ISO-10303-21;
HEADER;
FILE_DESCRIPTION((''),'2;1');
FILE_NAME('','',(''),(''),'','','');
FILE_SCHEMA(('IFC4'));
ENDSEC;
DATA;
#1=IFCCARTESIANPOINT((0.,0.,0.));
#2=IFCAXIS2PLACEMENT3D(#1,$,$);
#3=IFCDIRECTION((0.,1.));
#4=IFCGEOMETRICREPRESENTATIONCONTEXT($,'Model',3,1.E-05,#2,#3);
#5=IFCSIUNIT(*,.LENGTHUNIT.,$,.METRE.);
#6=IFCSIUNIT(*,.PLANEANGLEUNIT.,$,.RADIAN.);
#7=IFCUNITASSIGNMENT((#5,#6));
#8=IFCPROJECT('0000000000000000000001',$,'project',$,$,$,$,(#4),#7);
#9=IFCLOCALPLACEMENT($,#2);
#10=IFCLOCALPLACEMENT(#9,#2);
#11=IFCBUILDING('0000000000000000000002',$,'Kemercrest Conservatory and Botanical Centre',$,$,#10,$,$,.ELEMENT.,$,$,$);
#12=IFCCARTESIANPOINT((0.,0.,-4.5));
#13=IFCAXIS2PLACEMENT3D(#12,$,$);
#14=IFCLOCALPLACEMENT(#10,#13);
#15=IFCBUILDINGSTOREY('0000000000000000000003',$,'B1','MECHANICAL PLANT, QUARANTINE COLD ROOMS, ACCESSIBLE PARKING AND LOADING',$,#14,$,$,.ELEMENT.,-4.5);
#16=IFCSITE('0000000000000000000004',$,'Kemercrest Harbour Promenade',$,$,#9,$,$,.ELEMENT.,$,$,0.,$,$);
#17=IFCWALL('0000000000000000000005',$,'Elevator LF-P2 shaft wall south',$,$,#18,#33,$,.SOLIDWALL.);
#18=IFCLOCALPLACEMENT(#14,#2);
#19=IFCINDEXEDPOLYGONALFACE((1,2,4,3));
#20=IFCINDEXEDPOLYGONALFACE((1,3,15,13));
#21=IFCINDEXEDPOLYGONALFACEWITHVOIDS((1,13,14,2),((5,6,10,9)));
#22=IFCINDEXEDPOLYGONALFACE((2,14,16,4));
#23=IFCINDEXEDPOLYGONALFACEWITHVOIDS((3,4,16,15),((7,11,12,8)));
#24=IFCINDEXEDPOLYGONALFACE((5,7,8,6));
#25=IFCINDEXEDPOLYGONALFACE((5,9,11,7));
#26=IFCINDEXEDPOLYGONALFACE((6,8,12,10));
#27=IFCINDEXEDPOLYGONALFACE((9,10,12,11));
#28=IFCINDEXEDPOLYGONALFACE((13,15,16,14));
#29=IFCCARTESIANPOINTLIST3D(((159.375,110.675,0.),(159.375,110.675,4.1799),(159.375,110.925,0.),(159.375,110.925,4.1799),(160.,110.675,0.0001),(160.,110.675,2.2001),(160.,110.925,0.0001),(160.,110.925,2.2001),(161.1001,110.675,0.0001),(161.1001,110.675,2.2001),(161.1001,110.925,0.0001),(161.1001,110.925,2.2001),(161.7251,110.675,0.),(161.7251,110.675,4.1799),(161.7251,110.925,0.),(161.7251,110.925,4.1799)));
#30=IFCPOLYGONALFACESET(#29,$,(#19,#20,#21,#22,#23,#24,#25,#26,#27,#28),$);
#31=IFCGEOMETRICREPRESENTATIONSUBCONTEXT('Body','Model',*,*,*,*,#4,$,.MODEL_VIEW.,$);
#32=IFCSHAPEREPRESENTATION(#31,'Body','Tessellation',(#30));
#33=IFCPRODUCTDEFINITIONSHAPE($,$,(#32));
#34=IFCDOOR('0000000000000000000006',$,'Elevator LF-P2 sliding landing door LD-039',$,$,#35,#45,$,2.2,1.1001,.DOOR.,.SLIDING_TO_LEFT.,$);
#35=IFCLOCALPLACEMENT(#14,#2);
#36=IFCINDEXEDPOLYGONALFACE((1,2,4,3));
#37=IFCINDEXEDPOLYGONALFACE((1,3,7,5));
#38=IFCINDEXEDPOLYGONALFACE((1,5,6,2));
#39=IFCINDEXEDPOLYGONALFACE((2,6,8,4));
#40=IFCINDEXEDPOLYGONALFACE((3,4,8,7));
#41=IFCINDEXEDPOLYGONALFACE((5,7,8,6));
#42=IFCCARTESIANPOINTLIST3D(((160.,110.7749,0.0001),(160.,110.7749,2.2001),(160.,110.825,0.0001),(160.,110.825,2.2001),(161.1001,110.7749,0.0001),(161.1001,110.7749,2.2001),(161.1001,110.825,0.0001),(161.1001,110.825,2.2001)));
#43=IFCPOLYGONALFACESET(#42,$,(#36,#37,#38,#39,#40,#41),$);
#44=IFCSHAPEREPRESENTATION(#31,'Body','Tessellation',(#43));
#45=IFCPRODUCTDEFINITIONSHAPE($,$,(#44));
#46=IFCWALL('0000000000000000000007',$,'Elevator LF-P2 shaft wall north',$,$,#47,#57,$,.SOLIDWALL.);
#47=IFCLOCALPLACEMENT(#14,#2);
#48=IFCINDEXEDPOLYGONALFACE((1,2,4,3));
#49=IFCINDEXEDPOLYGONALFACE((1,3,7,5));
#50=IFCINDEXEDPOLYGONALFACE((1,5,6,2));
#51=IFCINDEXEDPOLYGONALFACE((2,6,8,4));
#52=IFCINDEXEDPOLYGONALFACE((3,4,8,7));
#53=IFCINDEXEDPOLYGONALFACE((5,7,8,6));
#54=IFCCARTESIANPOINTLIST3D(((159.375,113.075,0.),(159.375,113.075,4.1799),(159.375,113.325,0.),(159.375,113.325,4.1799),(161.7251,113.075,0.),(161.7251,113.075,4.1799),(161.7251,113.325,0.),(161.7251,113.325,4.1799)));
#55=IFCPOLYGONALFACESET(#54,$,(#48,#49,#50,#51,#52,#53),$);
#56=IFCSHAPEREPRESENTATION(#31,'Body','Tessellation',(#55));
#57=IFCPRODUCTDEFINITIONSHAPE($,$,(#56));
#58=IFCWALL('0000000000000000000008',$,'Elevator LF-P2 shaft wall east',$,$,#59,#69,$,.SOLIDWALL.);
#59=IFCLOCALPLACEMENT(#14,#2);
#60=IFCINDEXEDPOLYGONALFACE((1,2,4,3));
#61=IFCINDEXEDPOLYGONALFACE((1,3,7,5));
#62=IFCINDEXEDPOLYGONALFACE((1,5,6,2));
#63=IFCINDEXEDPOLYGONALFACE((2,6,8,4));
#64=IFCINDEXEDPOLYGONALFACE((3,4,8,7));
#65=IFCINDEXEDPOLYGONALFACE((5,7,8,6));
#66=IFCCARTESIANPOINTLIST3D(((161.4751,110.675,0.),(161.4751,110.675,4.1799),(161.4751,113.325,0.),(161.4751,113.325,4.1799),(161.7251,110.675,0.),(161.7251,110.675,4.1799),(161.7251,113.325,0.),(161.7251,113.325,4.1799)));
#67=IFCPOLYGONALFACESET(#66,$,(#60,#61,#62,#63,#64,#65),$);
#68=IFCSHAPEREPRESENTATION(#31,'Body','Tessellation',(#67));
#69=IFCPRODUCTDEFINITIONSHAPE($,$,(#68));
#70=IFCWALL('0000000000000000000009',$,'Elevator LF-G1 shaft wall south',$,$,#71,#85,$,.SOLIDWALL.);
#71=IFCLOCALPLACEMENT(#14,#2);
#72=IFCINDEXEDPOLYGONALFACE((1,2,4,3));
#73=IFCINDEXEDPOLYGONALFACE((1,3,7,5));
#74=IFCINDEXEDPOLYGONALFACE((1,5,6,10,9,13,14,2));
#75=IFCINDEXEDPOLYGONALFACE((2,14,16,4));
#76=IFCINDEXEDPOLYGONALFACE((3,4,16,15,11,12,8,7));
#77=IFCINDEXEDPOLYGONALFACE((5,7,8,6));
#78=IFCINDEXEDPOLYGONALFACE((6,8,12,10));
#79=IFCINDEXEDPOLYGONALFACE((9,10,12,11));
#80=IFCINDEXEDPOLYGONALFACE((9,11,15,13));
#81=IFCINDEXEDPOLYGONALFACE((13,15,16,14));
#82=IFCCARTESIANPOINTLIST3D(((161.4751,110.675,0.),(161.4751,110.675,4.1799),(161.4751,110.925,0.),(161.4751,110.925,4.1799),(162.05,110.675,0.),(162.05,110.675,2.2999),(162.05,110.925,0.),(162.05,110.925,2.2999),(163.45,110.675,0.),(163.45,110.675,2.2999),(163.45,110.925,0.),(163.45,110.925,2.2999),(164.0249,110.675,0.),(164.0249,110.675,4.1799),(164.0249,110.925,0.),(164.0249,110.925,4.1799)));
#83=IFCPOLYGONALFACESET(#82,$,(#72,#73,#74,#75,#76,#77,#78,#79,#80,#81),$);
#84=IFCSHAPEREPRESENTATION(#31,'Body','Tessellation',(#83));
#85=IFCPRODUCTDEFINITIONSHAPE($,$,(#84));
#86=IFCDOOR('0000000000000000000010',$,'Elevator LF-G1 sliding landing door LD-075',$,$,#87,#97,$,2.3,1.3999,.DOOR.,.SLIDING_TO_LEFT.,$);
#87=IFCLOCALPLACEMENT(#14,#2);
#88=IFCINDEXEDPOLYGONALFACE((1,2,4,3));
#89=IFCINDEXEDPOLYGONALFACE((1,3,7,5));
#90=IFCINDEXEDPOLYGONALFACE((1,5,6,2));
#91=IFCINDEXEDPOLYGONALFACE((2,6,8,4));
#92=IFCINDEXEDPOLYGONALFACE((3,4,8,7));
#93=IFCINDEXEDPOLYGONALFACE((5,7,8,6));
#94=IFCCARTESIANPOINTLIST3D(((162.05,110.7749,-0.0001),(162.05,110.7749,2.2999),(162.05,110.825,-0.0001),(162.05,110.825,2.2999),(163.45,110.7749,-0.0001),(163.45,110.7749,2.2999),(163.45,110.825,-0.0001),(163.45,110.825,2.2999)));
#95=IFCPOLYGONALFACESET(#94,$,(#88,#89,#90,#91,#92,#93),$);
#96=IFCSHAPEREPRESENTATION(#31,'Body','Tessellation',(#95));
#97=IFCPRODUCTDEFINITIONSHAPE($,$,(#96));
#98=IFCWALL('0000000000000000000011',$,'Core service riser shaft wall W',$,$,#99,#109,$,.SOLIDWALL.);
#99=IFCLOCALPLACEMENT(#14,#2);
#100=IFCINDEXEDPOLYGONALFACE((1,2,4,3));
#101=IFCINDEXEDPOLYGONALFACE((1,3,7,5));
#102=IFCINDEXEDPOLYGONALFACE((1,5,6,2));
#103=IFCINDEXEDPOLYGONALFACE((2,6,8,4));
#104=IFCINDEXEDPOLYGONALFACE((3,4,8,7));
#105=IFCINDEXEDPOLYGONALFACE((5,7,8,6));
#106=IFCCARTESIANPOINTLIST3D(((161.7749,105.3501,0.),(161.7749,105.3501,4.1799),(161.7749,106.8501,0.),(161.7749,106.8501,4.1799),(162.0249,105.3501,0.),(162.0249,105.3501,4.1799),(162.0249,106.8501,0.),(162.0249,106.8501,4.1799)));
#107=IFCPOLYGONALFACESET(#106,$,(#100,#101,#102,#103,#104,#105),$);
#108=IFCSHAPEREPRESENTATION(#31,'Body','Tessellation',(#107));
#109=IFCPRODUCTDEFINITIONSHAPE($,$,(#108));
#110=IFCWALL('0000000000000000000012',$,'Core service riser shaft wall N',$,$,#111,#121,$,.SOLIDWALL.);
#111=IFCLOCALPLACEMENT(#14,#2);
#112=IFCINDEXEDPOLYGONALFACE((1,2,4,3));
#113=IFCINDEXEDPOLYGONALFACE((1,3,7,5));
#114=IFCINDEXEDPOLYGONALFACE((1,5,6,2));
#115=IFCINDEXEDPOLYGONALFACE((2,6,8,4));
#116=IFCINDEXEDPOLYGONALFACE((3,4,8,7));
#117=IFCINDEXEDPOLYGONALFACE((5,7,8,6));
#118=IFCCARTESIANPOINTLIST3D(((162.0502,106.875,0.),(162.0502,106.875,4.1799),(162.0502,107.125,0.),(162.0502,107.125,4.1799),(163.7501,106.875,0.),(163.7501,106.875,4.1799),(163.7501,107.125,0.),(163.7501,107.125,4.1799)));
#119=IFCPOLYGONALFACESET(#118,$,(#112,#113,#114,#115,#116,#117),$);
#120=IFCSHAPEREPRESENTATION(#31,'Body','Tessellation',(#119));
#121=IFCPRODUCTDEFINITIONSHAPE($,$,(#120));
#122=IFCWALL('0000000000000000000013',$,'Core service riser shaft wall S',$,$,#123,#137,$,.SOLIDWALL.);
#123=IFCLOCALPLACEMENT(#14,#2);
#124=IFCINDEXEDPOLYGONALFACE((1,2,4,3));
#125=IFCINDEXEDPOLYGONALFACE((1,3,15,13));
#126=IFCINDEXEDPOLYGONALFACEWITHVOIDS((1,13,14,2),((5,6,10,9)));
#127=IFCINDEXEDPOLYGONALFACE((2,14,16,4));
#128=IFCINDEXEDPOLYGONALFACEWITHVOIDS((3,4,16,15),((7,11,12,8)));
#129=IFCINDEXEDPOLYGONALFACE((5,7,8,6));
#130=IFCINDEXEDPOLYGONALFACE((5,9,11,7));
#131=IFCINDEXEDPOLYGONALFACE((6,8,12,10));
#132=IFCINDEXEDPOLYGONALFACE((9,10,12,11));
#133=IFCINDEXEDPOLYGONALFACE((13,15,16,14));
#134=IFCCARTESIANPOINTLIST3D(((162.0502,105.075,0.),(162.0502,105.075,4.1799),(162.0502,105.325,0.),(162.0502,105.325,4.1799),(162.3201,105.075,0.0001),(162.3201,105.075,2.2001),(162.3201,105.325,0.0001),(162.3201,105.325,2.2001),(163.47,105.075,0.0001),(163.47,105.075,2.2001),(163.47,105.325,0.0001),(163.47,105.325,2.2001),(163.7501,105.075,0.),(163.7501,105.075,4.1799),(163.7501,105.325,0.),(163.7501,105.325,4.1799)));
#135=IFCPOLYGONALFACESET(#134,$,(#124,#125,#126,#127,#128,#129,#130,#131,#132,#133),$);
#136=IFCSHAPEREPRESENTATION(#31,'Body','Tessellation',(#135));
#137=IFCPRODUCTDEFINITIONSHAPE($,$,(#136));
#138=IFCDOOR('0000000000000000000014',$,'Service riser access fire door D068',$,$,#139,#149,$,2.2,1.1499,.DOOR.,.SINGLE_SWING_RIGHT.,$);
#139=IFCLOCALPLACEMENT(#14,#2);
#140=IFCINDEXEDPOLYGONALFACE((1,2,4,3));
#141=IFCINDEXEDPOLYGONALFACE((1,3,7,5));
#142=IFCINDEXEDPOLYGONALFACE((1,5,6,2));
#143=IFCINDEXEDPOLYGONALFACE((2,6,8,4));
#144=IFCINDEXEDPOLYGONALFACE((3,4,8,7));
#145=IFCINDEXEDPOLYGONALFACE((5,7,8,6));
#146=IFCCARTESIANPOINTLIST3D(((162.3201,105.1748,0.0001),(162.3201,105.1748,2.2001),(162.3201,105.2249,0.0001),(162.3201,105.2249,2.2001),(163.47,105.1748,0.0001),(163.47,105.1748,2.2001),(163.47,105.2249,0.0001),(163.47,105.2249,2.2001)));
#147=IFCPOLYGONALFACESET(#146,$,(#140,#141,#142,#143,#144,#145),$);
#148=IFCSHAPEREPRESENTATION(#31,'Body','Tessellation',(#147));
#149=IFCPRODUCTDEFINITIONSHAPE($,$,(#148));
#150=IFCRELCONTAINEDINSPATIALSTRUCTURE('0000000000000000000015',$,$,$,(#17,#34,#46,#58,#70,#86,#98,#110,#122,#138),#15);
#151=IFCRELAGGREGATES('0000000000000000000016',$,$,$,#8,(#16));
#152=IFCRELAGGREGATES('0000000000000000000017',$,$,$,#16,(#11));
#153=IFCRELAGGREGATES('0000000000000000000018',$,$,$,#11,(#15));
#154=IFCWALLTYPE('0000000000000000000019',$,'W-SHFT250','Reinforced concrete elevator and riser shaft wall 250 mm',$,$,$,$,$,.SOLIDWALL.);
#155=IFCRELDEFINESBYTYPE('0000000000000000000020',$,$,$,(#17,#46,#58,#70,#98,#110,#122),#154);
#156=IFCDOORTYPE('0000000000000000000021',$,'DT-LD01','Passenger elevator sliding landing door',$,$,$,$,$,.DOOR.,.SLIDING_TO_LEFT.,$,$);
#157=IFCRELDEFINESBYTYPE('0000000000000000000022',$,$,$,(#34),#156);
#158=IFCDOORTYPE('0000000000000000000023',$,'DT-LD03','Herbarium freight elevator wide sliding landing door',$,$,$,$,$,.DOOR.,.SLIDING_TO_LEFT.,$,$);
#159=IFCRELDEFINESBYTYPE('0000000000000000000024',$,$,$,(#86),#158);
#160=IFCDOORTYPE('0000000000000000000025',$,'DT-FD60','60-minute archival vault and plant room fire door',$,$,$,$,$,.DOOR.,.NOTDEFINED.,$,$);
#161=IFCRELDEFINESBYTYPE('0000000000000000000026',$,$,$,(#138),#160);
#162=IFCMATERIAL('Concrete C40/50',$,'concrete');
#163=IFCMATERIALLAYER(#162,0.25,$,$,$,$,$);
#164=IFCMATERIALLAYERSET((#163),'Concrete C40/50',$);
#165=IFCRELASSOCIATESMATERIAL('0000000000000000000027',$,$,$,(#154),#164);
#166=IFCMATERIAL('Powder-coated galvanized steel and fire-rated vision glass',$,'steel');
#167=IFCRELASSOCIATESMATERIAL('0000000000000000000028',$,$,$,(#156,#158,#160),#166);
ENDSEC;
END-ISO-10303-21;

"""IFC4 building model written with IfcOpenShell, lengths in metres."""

from ifc_helpers import new_model, si_unit, direction, frame, frame_2d, origin, place, context, subcontext, project, spatial, rectangle, extrude, material, layer, layer_set, type_object, element, fill, save


model = new_model("IFC4")

# Units and contexts
model_context = context("Model", 3, precision=1e-05, world=origin(), true_north=direction((0.0, 1.0)))
body_context = subcontext(model_context, "Body", "Model", "MODEL_VIEW")
ifc_project = project(units=[si_unit("LENGTHUNIT", "METRE"), si_unit("PLANEANGLEUNIT", "RADIAN")], contexts=[model_context])

# Site, building, storey
site_placement = place(None, origin())
site = spatial("IfcSite", under=ifc_project, at=site_placement, Name="Kemercrest Harbour Promenade", CompositionType="ELEMENT", RefElevation=0.0)
building_placement = place(site_placement, origin())
building = spatial("IfcBuilding", under=site, at=building_placement, Name="Kemercrest Conservatory and Botanical Centre", CompositionType="ELEMENT")
storey_placement = place(building_placement, frame((0.0, 0.0, -4.5)))
storey = spatial("IfcBuildingStorey", under=building, at=storey_placement, Name="B1", Description="MECHANICAL PLANT, QUARANTINE COLD ROOMS, ACCESSIBLE PARKING AND LOADING", CompositionType="ELEMENT", Elevation=-4.5)

# Shared definitions
ifc_material_1 = material(Name="Concrete C40/50", Category="concrete")

# Shared definitions
ifc_material_2 = material(Name="Powder-coated galvanized steel and fire-rated vision glass", Category="steel")

# Shared definitions
ifc_layer_1 = layer(ifc_material_1, 0.25)
ifc_layer_set_1 = layer_set([ifc_layer_1], Name="Concrete C40/50")
wall_type_1 = type_object("IfcWallType", Name="W-SHFT250", Description="Reinforced concrete elevator and riser shaft wall 250 mm", PredefinedType="SOLIDWALL", material=ifc_layer_set_1)

# Wall, opening, door
wall_1_placement = place(storey_placement, frame((159.375, 110.8, 0.0), z_axis=(0.0, 0.0, 1.0), x_axis=(1.0, 0.0, 0.0)))
wall_1 = element("IfcWall", 1, at=wall_1_placement, inside=storey, type_object=wall_type_1, Name="Elevator LF-P2 shaft wall south", PredefinedType="SOLIDWALL", context=body_context, shape_type="SweptSolid", body=[
    extrude(rectangle(XDim=2.3501, YDim=0.25, at=frame_2d((1.175, 0.0))), origin(), (0.0, 0.0, 1.0), 4.1799),
])
opening_1_placement = place(wall_1_placement, frame((0.625, 0.0, 0.0)))
opening_1 = element("IfcOpeningElement", 2, at=opening_1_placement, cuts=wall_1, PredefinedType="OPENING", context=body_context, shape_type="SweptSolid", body=[
    extrude(rectangle(XDim=1.1001, YDim=2.2, at=frame_2d((0.55, 1.1001))), frame((0.0, 0.135, 0.0), z_axis=(0.0, -1.0, 0.0), x_axis=(1.0, 0.0, 0.0)), (0.0, 0.0, 1.0), 0.27),
])
door_type_1 = type_object("IfcDoorType", Name="DT-LD01", Description="Passenger elevator sliding landing door", OperationType="SLIDING_TO_LEFT", PredefinedType="DOOR", material=ifc_material_2)
door_1_placement = place(opening_1_placement, origin())
door_1 = element("IfcDoor", 3, at=door_1_placement, inside=storey, type_object=door_type_1, Name="Elevator LF-P2 sliding landing door LD-039", OperationType="SLIDING_TO_LEFT", OverallHeight=2.2, OverallWidth=1.1001, PredefinedType="DOOR", context=body_context, shape_type="SweptSolid", body=[
    extrude(rectangle(XDim=1.1001, YDim=2.2, at=frame_2d((0.55, 1.1001))), frame((0.0, 0.0249, 0.0), z_axis=(0.0, -1.0, 0.0), x_axis=(1.0, 0.0, 0.0)), (0.0, 0.0, 1.0), 0.05),
])
fill(opening_1, door_1)

# Walls
wall_2_placement = place(storey_placement, frame((159.375, 113.2, 0.0), z_axis=(0.0, 0.0, 1.0), x_axis=(1.0, 0.0, 0.0)))
element("IfcWall", 4, at=wall_2_placement, inside=storey, type_object=wall_type_1, Name="Elevator LF-P2 shaft wall north", PredefinedType="SOLIDWALL", context=body_context, shape_type="SweptSolid", body=[
    extrude(rectangle(XDim=2.3501, YDim=0.25, at=frame_2d((1.175, 0.0))), origin(), (0.0, 0.0, 1.0), 4.1799),
])
wall_3_placement = place(storey_placement, frame((161.6001, 110.675, 0.0), z_axis=(0.0, 0.0, 1.0), x_axis=(0.0, 1.0, 0.0)))
element("IfcWall", 5, at=wall_3_placement, inside=storey, type_object=wall_type_1, Name="Elevator LF-P2 shaft wall east", PredefinedType="SOLIDWALL", context=body_context, shape_type="SweptSolid", body=[
    extrude(rectangle(XDim=2.6499, YDim=0.25, at=frame_2d((1.325, 0.0))), origin(), (0.0, 0.0, 1.0), 4.1799),
])

# Wall, opening, door
wall_4_placement = place(storey_placement, frame((161.4751, 110.8, 0.0), z_axis=(0.0, 0.0, 1.0), x_axis=(1.0, 0.0, 0.0)))
wall_4 = element("IfcWall", 6, at=wall_4_placement, inside=storey, type_object=wall_type_1, Name="Elevator LF-G1 shaft wall south", PredefinedType="SOLIDWALL", context=body_context, shape_type="SweptSolid", body=[
    extrude(rectangle(XDim=2.5498, YDim=0.25, at=frame_2d((1.2749, 0.0))), origin(), (0.0, 0.0, 1.0), 4.1799),
])
opening_2_placement = place(wall_4_placement, frame((0.575, 0.0, 0.0)))
opening_2 = element("IfcOpeningElement", 7, at=opening_2_placement, cuts=wall_4, PredefinedType="OPENING", context=body_context, shape_type="SweptSolid", body=[
    extrude(rectangle(XDim=1.3999, YDim=2.3, at=frame_2d((0.7, 1.1499))), frame((0.0, 0.135, 0.0), z_axis=(0.0, -1.0, 0.0), x_axis=(1.0, 0.0, 0.0)), (0.0, 0.0, 1.0), 0.27),
])
door_type_2 = type_object("IfcDoorType", Name="DT-LD03", Description="Herbarium freight elevator wide sliding landing door", OperationType="SLIDING_TO_LEFT", PredefinedType="DOOR", material=ifc_material_2)
door_2_placement = place(opening_2_placement, origin())
door_2 = element("IfcDoor", 8, at=door_2_placement, inside=storey, type_object=door_type_2, Name="Elevator LF-G1 sliding landing door LD-075", OperationType="SLIDING_TO_LEFT", OverallHeight=2.3, OverallWidth=1.3999, PredefinedType="DOOR", context=body_context, shape_type="SweptSolid", body=[
    extrude(rectangle(XDim=1.3999, YDim=2.3, at=frame_2d((0.7, 1.1499))), frame((0.0, 0.0249, 0.0), z_axis=(0.0, -1.0, 0.0), x_axis=(1.0, 0.0, 0.0)), (0.0, 0.0, 1.0), 0.05),
])
fill(opening_2, door_2)

# Walls
wall_5_placement = place(storey_placement, frame((161.8999, 105.3501, 0.0), z_axis=(0.0, 0.0, 1.0), x_axis=(0.0, 1.0, 0.0)))
element("IfcWall", 9, at=wall_5_placement, inside=storey, type_object=wall_type_1, Name="Core service riser shaft wall W", PredefinedType="SOLIDWALL", context=body_context, shape_type="SweptSolid", body=[
    extrude(rectangle(XDim=1.5, YDim=0.25, at=frame_2d((0.75, 0.0))), origin(), (0.0, 0.0, 1.0), 4.1799),
])
wall_6_placement = place(storey_placement, frame((162.05, 107.0, 0.0), z_axis=(0.0, 0.0, 1.0), x_axis=(1.0, 0.0, 0.0)))
element("IfcWall", 10, at=wall_6_placement, inside=storey, type_object=wall_type_1, Name="Core service riser shaft wall N", PredefinedType="SOLIDWALL", context=body_context, shape_type="SweptSolid", body=[
    extrude(rectangle(XDim=1.7, YDim=0.25, at=frame_2d((0.8501, 0.0))), origin(), (0.0, 0.0, 1.0), 4.1799),
])

# Wall, opening, door
wall_7_placement = place(storey_placement, frame((162.05, 105.2, 0.0), z_axis=(0.0, 0.0, 1.0), x_axis=(1.0, 0.0, 0.0)))
wall_7 = element("IfcWall", 11, at=wall_7_placement, inside=storey, type_object=wall_type_1, Name="Core service riser shaft wall S", PredefinedType="SOLIDWALL", context=body_context, shape_type="SweptSolid", body=[
    extrude(rectangle(XDim=1.7, YDim=0.25, at=frame_2d((0.8501, 0.0))), origin(), (0.0, 0.0, 1.0), 4.1799),
])
opening_3_placement = place(wall_7_placement, frame((0.27, 0.0, 0.0)))
opening_3 = element("IfcOpeningElement", 12, at=opening_3_placement, cuts=wall_7, PredefinedType="OPENING", context=body_context, shape_type="SweptSolid", body=[
    extrude(rectangle(XDim=1.1499, YDim=2.2, at=frame_2d((0.575, 1.1001))), frame((0.0, 0.135, 0.0), z_axis=(0.0, -1.0, 0.0), x_axis=(1.0, 0.0, 0.0)), (0.0, 0.0, 1.0), 0.27),
])
door_type_3 = type_object("IfcDoorType", Name="DT-FD60", Description="60-minute archival vault and plant room fire door", OperationType="NOTDEFINED", PredefinedType="DOOR", material=ifc_material_2)
door_3_placement = place(opening_3_placement, origin())
door_3 = element("IfcDoor", 13, at=door_3_placement, inside=storey, type_object=door_type_3, Name="Service riser access fire door D068", OperationType="SINGLE_SWING_RIGHT", OverallHeight=2.2, OverallWidth=1.1499, PredefinedType="DOOR", context=body_context, shape_type="SweptSolid", body=[
    extrude(rectangle(XDim=1.1499, YDim=2.2, at=frame_2d((0.575, 1.1001))), frame((0.0, 0.0249, 0.0), z_axis=(0.0, -1.0, 0.0), x_axis=(1.0, 0.0, 0.0)), (0.0, 0.0, 1.0), 0.05),
])
fill(opening_3, door_3)

save(model, "model.ifc")
